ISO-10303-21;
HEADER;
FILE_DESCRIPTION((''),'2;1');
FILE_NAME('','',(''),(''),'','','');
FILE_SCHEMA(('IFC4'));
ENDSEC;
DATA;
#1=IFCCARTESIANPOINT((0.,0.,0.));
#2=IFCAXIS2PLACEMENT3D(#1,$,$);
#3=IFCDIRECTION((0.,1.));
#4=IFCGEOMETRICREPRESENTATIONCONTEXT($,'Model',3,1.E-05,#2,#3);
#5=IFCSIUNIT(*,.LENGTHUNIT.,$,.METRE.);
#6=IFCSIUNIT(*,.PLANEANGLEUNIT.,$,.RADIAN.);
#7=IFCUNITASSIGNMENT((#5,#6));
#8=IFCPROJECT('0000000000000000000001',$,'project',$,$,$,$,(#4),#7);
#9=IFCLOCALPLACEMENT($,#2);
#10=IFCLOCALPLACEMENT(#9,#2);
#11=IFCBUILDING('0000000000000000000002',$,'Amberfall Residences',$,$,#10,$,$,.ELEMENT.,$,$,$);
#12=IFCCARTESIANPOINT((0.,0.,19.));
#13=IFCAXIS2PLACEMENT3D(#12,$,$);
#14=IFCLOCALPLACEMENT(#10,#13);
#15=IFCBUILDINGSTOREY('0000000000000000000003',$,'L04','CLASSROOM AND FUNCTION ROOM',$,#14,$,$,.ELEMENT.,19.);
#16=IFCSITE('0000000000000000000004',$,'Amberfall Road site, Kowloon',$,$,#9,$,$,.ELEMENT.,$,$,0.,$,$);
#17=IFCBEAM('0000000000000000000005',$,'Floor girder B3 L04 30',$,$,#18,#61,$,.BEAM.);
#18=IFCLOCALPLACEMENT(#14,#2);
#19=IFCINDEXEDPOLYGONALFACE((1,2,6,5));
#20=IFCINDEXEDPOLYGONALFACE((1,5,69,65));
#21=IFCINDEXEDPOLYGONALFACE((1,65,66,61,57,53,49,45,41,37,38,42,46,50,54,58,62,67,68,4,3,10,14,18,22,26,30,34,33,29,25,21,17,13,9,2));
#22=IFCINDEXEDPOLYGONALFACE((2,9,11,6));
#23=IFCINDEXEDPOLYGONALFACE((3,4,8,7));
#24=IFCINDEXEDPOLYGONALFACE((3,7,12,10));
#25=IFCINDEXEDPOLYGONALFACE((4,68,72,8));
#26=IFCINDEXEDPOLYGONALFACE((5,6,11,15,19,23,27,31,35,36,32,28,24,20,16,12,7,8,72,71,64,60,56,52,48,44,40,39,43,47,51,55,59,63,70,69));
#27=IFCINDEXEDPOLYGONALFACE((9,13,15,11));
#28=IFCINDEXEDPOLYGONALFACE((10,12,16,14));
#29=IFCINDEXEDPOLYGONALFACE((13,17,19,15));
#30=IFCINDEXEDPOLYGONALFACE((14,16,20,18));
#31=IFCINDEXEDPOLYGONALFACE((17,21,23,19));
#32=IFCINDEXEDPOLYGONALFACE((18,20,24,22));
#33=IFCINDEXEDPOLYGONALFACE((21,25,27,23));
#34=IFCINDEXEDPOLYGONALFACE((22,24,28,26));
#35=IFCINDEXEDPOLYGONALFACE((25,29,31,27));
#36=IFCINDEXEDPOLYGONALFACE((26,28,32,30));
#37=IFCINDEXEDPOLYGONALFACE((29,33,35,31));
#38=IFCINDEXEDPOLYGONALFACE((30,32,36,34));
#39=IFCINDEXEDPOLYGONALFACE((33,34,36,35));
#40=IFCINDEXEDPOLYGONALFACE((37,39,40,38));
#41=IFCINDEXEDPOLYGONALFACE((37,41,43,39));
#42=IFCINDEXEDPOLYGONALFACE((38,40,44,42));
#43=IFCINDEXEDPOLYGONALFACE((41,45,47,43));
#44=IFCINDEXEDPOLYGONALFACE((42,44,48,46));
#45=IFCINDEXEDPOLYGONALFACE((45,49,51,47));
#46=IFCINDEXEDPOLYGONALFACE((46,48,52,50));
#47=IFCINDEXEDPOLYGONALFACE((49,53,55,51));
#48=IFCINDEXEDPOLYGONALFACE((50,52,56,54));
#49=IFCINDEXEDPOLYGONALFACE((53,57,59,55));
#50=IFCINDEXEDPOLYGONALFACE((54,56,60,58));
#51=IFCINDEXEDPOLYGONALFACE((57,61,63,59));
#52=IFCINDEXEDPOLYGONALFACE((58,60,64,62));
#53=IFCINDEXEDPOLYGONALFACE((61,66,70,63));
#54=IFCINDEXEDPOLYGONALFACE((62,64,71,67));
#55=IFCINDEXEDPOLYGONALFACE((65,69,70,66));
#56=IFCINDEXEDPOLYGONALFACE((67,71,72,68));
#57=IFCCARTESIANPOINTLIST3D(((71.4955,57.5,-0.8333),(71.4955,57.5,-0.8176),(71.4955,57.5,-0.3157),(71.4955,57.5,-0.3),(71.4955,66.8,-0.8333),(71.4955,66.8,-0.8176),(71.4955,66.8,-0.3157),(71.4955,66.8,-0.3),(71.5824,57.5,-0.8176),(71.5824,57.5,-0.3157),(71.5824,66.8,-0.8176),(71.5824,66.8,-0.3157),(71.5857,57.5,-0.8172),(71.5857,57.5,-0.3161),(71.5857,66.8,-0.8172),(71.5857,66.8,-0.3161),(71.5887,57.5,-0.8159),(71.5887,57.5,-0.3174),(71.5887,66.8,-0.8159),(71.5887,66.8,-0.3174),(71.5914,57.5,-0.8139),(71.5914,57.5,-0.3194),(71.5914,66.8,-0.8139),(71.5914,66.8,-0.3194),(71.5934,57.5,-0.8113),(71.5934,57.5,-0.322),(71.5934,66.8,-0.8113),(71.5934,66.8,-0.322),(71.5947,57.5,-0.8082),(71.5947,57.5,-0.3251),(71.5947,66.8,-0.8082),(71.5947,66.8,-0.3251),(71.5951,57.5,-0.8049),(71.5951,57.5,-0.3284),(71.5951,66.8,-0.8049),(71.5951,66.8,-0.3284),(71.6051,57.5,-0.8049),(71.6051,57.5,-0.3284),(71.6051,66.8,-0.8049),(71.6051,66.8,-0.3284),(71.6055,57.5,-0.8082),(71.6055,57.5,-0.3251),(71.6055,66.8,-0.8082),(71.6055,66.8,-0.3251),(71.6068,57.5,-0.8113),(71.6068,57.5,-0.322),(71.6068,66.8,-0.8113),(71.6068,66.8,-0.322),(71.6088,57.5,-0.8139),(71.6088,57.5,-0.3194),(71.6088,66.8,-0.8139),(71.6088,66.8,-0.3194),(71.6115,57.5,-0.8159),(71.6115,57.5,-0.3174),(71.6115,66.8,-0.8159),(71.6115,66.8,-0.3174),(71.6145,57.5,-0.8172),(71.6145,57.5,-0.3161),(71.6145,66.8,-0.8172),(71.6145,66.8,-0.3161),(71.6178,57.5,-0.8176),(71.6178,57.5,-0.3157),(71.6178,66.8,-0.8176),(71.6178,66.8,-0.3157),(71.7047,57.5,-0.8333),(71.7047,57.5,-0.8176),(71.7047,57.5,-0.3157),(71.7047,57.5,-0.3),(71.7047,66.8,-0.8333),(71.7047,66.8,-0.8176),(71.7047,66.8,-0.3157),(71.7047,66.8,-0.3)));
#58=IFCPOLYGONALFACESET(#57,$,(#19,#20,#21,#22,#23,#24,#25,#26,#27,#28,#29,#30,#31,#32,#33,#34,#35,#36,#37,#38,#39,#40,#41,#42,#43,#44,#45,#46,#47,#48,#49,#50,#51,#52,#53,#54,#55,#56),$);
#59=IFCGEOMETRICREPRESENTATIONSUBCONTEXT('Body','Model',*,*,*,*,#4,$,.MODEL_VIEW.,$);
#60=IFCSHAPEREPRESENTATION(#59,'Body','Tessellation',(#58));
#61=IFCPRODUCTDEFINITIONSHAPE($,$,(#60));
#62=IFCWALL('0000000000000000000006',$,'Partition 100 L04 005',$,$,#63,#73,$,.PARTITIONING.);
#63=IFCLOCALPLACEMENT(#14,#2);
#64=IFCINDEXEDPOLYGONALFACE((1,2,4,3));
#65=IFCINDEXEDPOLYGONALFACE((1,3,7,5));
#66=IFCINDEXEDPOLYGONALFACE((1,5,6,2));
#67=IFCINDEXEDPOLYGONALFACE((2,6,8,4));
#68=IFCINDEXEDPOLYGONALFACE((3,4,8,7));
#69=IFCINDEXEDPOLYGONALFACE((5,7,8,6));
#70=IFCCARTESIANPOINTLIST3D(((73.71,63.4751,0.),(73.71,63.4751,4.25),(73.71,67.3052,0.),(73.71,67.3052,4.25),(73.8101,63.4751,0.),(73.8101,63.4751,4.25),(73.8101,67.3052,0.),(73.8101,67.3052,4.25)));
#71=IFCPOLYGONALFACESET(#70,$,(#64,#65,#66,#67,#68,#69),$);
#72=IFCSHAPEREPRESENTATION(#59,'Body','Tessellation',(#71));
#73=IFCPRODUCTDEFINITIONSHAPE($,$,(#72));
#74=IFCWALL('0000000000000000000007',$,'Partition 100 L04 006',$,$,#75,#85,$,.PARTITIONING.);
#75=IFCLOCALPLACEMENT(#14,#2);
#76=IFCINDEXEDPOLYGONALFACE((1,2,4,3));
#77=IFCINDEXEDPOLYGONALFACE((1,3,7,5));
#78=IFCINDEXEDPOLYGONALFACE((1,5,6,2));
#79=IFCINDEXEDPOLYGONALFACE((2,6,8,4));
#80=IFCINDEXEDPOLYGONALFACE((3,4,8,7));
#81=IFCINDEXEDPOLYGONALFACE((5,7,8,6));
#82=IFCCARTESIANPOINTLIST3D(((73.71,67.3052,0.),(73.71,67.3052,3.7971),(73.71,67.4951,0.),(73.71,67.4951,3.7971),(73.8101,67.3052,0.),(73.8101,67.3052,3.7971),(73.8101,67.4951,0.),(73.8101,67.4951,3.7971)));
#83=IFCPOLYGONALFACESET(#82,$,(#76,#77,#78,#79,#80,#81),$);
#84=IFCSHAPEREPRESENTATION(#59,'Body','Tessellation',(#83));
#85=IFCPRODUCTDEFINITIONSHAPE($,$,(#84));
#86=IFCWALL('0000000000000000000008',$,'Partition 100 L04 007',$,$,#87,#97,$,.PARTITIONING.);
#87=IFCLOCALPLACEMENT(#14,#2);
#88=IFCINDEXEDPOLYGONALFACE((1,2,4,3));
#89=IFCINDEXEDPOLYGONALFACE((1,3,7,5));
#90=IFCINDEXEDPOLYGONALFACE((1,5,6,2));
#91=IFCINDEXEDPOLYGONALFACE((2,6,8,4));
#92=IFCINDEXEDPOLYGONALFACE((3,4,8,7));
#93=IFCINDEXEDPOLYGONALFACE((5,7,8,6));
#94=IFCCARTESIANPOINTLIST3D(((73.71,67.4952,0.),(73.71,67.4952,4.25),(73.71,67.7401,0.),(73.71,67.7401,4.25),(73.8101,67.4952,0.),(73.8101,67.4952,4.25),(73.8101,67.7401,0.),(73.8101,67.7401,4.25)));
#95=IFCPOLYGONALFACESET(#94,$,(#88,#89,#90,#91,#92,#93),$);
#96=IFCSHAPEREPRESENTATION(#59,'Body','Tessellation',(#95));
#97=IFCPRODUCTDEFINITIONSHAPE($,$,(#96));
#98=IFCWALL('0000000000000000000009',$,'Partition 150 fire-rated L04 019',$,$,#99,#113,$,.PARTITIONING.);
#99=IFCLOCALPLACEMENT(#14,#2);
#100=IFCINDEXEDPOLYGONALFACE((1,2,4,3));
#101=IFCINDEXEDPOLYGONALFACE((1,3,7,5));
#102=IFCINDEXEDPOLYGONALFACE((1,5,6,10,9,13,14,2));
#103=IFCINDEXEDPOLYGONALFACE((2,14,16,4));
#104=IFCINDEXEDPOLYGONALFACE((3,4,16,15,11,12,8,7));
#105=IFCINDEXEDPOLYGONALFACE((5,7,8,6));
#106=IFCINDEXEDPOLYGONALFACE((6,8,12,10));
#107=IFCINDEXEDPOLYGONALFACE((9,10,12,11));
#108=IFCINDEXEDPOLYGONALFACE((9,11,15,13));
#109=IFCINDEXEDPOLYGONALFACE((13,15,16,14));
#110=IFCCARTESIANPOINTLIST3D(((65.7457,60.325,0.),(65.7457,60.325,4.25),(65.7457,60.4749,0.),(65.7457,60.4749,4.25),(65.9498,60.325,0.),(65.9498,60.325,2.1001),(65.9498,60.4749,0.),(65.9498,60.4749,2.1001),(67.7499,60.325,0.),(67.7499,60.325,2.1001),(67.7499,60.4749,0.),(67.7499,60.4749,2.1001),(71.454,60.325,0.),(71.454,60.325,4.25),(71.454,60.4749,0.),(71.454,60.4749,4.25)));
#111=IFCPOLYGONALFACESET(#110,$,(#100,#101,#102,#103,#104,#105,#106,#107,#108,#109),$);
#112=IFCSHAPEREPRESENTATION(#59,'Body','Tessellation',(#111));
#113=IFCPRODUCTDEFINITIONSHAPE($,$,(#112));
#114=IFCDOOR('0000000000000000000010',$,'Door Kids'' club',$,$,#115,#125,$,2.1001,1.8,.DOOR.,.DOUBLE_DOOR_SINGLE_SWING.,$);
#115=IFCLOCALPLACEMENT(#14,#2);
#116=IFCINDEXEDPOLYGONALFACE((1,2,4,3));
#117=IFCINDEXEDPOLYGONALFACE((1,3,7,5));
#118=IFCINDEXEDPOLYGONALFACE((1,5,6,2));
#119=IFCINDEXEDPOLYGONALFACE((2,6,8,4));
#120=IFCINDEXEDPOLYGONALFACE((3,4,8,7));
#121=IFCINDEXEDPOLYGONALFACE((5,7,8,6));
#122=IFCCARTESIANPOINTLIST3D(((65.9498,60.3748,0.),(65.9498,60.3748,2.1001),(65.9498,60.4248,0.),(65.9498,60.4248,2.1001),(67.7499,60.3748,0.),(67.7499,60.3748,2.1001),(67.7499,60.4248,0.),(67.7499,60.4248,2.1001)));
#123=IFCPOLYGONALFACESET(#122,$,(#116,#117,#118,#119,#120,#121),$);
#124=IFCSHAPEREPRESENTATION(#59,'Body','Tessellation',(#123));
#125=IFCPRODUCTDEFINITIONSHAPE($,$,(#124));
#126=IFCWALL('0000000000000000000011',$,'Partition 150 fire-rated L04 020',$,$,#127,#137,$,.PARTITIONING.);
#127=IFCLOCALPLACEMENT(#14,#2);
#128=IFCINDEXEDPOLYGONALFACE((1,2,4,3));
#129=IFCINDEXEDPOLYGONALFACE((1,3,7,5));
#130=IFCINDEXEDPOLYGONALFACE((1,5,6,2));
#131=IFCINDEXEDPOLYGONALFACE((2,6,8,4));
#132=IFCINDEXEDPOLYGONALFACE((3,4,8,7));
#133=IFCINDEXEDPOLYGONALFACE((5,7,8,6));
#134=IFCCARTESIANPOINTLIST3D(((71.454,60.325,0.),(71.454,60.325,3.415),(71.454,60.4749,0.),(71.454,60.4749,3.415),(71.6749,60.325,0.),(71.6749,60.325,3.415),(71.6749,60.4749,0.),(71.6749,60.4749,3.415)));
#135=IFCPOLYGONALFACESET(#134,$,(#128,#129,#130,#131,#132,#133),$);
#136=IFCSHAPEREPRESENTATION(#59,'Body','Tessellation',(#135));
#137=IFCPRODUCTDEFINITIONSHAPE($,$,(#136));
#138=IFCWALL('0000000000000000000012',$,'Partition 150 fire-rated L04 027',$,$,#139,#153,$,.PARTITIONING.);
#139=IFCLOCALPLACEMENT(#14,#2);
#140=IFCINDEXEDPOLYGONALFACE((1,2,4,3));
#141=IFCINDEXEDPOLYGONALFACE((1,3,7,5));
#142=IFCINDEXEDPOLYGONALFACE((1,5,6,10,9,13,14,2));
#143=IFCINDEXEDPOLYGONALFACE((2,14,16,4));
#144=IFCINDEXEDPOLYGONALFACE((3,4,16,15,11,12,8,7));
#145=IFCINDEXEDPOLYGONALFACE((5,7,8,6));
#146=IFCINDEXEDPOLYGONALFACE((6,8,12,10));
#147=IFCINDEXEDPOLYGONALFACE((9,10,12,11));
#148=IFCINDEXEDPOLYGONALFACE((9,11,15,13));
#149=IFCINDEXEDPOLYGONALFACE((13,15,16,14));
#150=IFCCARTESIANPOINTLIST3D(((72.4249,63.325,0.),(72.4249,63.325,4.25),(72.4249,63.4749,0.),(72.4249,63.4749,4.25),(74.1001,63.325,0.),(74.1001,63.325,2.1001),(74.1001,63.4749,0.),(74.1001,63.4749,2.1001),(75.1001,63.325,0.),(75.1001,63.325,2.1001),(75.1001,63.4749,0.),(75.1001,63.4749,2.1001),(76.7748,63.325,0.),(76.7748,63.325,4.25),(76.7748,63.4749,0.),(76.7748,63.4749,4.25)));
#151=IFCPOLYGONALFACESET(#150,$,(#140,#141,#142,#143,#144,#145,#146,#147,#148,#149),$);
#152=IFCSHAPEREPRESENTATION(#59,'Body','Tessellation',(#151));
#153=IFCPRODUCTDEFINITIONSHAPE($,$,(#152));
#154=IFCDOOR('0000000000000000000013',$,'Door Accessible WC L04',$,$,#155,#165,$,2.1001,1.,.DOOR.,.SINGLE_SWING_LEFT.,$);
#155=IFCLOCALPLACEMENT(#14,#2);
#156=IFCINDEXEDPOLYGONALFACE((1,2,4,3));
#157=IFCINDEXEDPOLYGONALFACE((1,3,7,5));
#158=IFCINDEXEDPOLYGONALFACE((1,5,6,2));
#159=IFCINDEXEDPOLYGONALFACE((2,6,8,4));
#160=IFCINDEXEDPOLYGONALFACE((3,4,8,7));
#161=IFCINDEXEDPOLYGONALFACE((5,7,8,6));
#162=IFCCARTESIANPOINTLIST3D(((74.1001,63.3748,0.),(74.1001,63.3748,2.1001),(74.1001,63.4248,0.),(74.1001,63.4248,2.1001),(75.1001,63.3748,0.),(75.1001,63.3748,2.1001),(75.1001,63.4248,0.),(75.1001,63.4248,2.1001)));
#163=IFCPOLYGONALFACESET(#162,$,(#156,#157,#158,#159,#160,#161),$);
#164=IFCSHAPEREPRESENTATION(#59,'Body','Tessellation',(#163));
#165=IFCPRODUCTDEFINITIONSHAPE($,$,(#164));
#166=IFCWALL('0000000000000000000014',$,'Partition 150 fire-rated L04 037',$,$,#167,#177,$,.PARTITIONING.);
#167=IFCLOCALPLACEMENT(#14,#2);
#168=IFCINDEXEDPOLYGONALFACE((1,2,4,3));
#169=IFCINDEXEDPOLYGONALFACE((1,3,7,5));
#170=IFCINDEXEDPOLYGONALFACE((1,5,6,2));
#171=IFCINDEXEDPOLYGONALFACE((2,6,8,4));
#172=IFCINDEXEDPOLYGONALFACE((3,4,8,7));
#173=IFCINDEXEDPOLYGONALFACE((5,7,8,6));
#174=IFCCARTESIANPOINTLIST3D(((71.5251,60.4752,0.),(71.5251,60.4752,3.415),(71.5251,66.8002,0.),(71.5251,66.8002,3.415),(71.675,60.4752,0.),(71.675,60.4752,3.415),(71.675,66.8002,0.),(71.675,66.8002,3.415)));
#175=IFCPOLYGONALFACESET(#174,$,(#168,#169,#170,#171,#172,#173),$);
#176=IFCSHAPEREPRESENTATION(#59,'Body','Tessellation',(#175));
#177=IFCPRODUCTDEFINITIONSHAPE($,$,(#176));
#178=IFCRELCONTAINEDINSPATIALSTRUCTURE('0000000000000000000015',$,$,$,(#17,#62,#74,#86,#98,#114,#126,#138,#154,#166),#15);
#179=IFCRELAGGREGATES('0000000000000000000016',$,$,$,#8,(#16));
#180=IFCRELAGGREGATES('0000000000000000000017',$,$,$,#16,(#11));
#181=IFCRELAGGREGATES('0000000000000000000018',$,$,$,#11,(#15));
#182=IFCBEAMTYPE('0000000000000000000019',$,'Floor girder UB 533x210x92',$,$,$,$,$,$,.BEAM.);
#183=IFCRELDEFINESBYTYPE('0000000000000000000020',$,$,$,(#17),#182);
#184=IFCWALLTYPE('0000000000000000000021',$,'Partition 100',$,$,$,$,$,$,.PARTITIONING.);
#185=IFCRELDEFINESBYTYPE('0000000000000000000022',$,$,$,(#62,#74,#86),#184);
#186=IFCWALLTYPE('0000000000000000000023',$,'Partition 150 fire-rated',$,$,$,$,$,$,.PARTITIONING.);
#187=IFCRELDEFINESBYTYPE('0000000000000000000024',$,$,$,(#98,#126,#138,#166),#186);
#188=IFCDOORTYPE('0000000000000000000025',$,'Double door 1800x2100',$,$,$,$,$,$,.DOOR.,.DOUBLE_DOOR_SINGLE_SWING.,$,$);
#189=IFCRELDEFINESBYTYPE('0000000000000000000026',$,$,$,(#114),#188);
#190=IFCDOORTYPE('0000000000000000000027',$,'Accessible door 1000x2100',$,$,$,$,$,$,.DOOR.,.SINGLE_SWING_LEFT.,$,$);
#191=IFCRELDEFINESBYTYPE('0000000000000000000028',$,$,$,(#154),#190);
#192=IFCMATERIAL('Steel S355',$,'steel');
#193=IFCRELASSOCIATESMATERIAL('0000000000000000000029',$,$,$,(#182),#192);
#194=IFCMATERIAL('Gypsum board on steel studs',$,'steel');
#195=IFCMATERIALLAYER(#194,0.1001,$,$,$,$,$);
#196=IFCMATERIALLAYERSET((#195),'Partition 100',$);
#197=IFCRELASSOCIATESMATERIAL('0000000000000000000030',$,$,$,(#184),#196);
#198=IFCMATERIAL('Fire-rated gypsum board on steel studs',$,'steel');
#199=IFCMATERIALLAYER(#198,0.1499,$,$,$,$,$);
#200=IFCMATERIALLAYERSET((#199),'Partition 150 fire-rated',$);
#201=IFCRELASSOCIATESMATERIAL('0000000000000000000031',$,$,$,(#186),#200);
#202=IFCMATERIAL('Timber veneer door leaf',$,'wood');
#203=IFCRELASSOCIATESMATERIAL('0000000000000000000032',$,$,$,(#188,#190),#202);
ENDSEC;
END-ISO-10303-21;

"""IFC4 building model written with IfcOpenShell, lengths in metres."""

from ifc_helpers import new_model, si_unit, direction, frame, frame_2d, origin, origin_2d, place, context, subcontext, project, spatial, rectangle, i_section, extrude, material, layer, layer_set, material_profile, profile_set, type_object, element, fill, save


model = new_model("IFC4")

# Units and contexts
model_context = context("Model", 3, precision=1e-05, world=origin(), true_north=direction((0.0, 1.0)))
body_context = subcontext(model_context, "Body", "Model", "MODEL_VIEW")
ifc_project = project(units=[si_unit("LENGTHUNIT", "METRE"), si_unit("PLANEANGLEUNIT", "RADIAN")], contexts=[model_context])

# Site, building, storey
site_placement = place(None, origin())
site = spatial("IfcSite", under=ifc_project, at=site_placement, Name="Amberfall Road site, Kowloon", CompositionType="ELEMENT", RefElevation=0.0)
building_placement = place(site_placement, origin())
building = spatial("IfcBuilding", under=site, at=building_placement, Name="Amberfall Residences", CompositionType="ELEMENT")
storey_placement = place(building_placement, frame((0.0, 0.0, 19.0)))
storey = spatial("IfcBuildingStorey", under=building, at=storey_placement, Name="L04", Description="CLASSROOM AND FUNCTION ROOM", CompositionType="ELEMENT", Elevation=19.0)

# Beam
ifc_material_1 = material(Name="Steel S355", Category="steel")
ifc_material_profile_1 = material_profile(ifc_material_1, i_section(OverallWidth=0.2092, OverallDepth=0.5332, WebThickness=0.01, FlangeThickness=0.0156, FilletRadius=0.0127, at=origin_2d()), Name="UB 533x210x92")
ifc_profile_set_1 = profile_set([ifc_material_profile_1], Name="Steel S355")
beam_type_1 = type_object("IfcBeamType", Name="Floor girder UB 533x210x92", PredefinedType="BEAM", material=ifc_profile_set_1)
for number, where, z_axis, x_axis, name in (
    (1, (71.6001, 66.8, -0.5667), (0.0, -1.0, 0.0), (1.0, 0.0, 0.0), "Floor girder B3 L04 30"),
):
    element("IfcBeam", number, at=place(storey_placement, frame(where, z_axis=z_axis, x_axis=x_axis)), inside=storey, type_object=beam_type_1, Name=name, PredefinedType="BEAM", context=body_context, shape_type="SweptSolid", body=[
        extrude(i_section(OverallWidth=0.2092, OverallDepth=0.5332, WebThickness=0.01, FlangeThickness=0.0156, FilletRadius=0.0127, at=origin_2d()), origin(), (0.0, 0.0, 1.0), 9.3),
    ])

# Walls
ifc_material_2 = material(Name="Gypsum board on steel studs", Category="steel")
ifc_layer_1 = layer(ifc_material_2, 0.1001)
ifc_layer_set_1 = layer_set([ifc_layer_1], Name="Partition 100")
wall_type_1 = type_object("IfcWallType", Name="Partition 100", PredefinedType="PARTITIONING", material=ifc_layer_set_1)
wall_1_placement = place(storey_placement, frame((73.76, 63.4751, 0.0), z_axis=(0.0, 0.0, 1.0), x_axis=(0.0, 1.0, 0.0)))
element("IfcWall", 2, at=wall_1_placement, inside=storey, type_object=wall_type_1, Name="Partition 100 L04 005", PredefinedType="PARTITIONING", context=body_context, shape_type="SweptSolid", body=[
    extrude(rectangle(XDim=3.8301, YDim=0.1001, at=frame_2d((1.915, 0.0))), origin(), (0.0, 0.0, 1.0), 4.25),
])
wall_2_placement = place(storey_placement, frame((73.76, 67.3052, 0.0), z_axis=(0.0, 0.0, 1.0), x_axis=(0.0, 1.0, 0.0)))
element("IfcWall", 3, at=wall_2_placement, inside=storey, type_object=wall_type_1, Name="Partition 100 L04 006", PredefinedType="PARTITIONING", context=body_context, shape_type="SweptSolid", body=[
    extrude(rectangle(XDim=0.1899, YDim=0.1001, at=frame_2d((0.095, 0.0))), origin(), (0.0, 0.0, 1.0), 3.7971),
])
wall_3_placement = place(storey_placement, frame((73.76, 67.4951, 0.0), z_axis=(0.0, 0.0, 1.0), x_axis=(0.0, 1.0, 0.0)))
element("IfcWall", 4, at=wall_3_placement, inside=storey, type_object=wall_type_1, Name="Partition 100 L04 007", PredefinedType="PARTITIONING", context=body_context, shape_type="SweptSolid", body=[
    extrude(rectangle(XDim=0.2449, YDim=0.1001, at=frame_2d((0.1226, 0.0))), origin(), (0.0, 0.0, 1.0), 4.25),
])

# Wall, opening, door
ifc_material_3 = material(Name="Fire-rated gypsum board on steel studs", Category="steel")
ifc_layer_2 = layer(ifc_material_3, 0.1499)
ifc_layer_set_2 = layer_set([ifc_layer_2], Name="Partition 150 fire-rated")
wall_type_2 = type_object("IfcWallType", Name="Partition 150 fire-rated", PredefinedType="PARTITIONING", material=ifc_layer_set_2)
wall_4_placement = place(storey_placement, frame((65.7458, 60.3999, 0.0), z_axis=(0.0, 0.0, 1.0), x_axis=(1.0, 0.0, 0.0)))
wall_4 = element("IfcWall", 5, at=wall_4_placement, inside=storey, type_object=wall_type_2, Name="Partition 150 fire-rated L04 019", PredefinedType="PARTITIONING", context=body_context, shape_type="SweptSolid", body=[
    extrude(rectangle(XDim=5.7083, YDim=0.1499, at=frame_2d((2.854, 0.0))), origin(), (0.0, 0.0, 1.0), 4.25),
])
opening_1_placement = place(wall_4_placement, frame((0.2041, 0.0, 0.0)))
opening_1 = element("IfcOpeningElement", 6, at=opening_1_placement, cuts=wall_4, PredefinedType="OPENING", context=body_context, shape_type="SweptSolid", body=[
    extrude(rectangle(XDim=1.8, YDim=2.1001, at=frame_2d((0.8999, 1.05))), frame((0.0, 0.085, 0.0), z_axis=(0.0, -1.0, 0.0), x_axis=(1.0, 0.0, 0.0)), (0.0, 0.0, 1.0), 0.1699),
])
ifc_material_4 = material(Name="Timber veneer door leaf", Category="wood")
door_type_1 = type_object("IfcDoorType", Name="Double door 1800x2100", OperationType="DOUBLE_DOOR_SINGLE_SWING", PredefinedType="DOOR", material=ifc_material_4)
door_1_placement = place(opening_1_placement, origin())
door_1 = element("IfcDoor", 7, at=door_1_placement, inside=storey, type_object=door_type_1, Name="Door Kids' club", OperationType="DOUBLE_DOOR_SINGLE_SWING", OverallHeight=2.1001, OverallWidth=1.8, PredefinedType="DOOR", context=body_context, shape_type="SweptSolid", body=[
    extrude(rectangle(XDim=1.8, YDim=2.1001, at=frame_2d((0.8999, 1.05))), frame((0.0, 0.0249, 0.0), z_axis=(0.0, -1.0, 0.0), x_axis=(1.0, 0.0, 0.0)), (0.0, 0.0, 1.0), 0.05),
])
fill(opening_1, door_1)

# Wall
wall_5_placement = place(storey_placement, frame((71.4541, 60.3999, 0.0), z_axis=(0.0, 0.0, 1.0), x_axis=(1.0, 0.0, 0.0)))
element("IfcWall", 8, at=wall_5_placement, inside=storey, type_object=wall_type_2, Name="Partition 150 fire-rated L04 020", PredefinedType="PARTITIONING", context=body_context, shape_type="SweptSolid", body=[
    extrude(rectangle(XDim=0.2209, YDim=0.1499, at=frame_2d((0.1104, 0.0))), origin(), (0.0, 0.0, 1.0), 3.415),
])

# Wall, opening, door
wall_6_placement = place(storey_placement, frame((72.425, 63.3999, 0.0), z_axis=(0.0, 0.0, 1.0), x_axis=(1.0, 0.0, 0.0)))
wall_6 = element("IfcWall", 9, at=wall_6_placement, inside=storey, type_object=wall_type_2, Name="Partition 150 fire-rated L04 027", PredefinedType="PARTITIONING", context=body_context, shape_type="SweptSolid", body=[
    extrude(rectangle(XDim=4.3499, YDim=0.1499, at=frame_2d((2.1748, 0.0))), origin(), (0.0, 0.0, 1.0), 4.25),
])
opening_2_placement = place(wall_6_placement, frame((1.675, 0.0, 0.0)))
opening_2 = element("IfcOpeningElement", 10, at=opening_2_placement, cuts=wall_6, PredefinedType="OPENING", context=body_context, shape_type="SweptSolid", body=[
    extrude(rectangle(XDim=1.0, YDim=2.1001, at=frame_2d((0.5, 1.05))), frame((0.0, 0.085, 0.0), z_axis=(0.0, -1.0, 0.0), x_axis=(1.0, 0.0, 0.0)), (0.0, 0.0, 1.0), 0.1699),
])
door_type_2 = type_object("IfcDoorType", Name="Accessible door 1000x2100", OperationType="SINGLE_SWING_LEFT", PredefinedType="DOOR", material=ifc_material_4)
door_2_placement = place(opening_2_placement, origin())
door_2 = element("IfcDoor", 11, at=door_2_placement, inside=storey, type_object=door_type_2, Name="Door Accessible WC L04", OperationType="SINGLE_SWING_LEFT", OverallHeight=2.1001, OverallWidth=1.0, PredefinedType="DOOR", context=body_context, shape_type="SweptSolid", body=[
    extrude(rectangle(XDim=1.0, YDim=2.1001, at=frame_2d((0.5, 1.05))), frame((0.0, 0.0249, 0.0), z_axis=(0.0, -1.0, 0.0), x_axis=(1.0, 0.0, 0.0)), (0.0, 0.0, 1.0), 0.05),
])
fill(opening_2, door_2)

# Wall
wall_7_placement = place(storey_placement, frame((71.6001, 60.4751, 0.0), z_axis=(0.0, 0.0, 1.0), x_axis=(0.0, 1.0, 0.0)))
element("IfcWall", 12, at=wall_7_placement, inside=storey, type_object=wall_type_2, Name="Partition 150 fire-rated L04 037", PredefinedType="PARTITIONING", context=body_context, shape_type="SweptSolid", body=[
    extrude(rectangle(XDim=6.325, YDim=0.1499, at=frame_2d((3.1626, 0.0))), origin(), (0.0, 0.0, 1.0), 3.415),
])

save(model, "model.ifc")
